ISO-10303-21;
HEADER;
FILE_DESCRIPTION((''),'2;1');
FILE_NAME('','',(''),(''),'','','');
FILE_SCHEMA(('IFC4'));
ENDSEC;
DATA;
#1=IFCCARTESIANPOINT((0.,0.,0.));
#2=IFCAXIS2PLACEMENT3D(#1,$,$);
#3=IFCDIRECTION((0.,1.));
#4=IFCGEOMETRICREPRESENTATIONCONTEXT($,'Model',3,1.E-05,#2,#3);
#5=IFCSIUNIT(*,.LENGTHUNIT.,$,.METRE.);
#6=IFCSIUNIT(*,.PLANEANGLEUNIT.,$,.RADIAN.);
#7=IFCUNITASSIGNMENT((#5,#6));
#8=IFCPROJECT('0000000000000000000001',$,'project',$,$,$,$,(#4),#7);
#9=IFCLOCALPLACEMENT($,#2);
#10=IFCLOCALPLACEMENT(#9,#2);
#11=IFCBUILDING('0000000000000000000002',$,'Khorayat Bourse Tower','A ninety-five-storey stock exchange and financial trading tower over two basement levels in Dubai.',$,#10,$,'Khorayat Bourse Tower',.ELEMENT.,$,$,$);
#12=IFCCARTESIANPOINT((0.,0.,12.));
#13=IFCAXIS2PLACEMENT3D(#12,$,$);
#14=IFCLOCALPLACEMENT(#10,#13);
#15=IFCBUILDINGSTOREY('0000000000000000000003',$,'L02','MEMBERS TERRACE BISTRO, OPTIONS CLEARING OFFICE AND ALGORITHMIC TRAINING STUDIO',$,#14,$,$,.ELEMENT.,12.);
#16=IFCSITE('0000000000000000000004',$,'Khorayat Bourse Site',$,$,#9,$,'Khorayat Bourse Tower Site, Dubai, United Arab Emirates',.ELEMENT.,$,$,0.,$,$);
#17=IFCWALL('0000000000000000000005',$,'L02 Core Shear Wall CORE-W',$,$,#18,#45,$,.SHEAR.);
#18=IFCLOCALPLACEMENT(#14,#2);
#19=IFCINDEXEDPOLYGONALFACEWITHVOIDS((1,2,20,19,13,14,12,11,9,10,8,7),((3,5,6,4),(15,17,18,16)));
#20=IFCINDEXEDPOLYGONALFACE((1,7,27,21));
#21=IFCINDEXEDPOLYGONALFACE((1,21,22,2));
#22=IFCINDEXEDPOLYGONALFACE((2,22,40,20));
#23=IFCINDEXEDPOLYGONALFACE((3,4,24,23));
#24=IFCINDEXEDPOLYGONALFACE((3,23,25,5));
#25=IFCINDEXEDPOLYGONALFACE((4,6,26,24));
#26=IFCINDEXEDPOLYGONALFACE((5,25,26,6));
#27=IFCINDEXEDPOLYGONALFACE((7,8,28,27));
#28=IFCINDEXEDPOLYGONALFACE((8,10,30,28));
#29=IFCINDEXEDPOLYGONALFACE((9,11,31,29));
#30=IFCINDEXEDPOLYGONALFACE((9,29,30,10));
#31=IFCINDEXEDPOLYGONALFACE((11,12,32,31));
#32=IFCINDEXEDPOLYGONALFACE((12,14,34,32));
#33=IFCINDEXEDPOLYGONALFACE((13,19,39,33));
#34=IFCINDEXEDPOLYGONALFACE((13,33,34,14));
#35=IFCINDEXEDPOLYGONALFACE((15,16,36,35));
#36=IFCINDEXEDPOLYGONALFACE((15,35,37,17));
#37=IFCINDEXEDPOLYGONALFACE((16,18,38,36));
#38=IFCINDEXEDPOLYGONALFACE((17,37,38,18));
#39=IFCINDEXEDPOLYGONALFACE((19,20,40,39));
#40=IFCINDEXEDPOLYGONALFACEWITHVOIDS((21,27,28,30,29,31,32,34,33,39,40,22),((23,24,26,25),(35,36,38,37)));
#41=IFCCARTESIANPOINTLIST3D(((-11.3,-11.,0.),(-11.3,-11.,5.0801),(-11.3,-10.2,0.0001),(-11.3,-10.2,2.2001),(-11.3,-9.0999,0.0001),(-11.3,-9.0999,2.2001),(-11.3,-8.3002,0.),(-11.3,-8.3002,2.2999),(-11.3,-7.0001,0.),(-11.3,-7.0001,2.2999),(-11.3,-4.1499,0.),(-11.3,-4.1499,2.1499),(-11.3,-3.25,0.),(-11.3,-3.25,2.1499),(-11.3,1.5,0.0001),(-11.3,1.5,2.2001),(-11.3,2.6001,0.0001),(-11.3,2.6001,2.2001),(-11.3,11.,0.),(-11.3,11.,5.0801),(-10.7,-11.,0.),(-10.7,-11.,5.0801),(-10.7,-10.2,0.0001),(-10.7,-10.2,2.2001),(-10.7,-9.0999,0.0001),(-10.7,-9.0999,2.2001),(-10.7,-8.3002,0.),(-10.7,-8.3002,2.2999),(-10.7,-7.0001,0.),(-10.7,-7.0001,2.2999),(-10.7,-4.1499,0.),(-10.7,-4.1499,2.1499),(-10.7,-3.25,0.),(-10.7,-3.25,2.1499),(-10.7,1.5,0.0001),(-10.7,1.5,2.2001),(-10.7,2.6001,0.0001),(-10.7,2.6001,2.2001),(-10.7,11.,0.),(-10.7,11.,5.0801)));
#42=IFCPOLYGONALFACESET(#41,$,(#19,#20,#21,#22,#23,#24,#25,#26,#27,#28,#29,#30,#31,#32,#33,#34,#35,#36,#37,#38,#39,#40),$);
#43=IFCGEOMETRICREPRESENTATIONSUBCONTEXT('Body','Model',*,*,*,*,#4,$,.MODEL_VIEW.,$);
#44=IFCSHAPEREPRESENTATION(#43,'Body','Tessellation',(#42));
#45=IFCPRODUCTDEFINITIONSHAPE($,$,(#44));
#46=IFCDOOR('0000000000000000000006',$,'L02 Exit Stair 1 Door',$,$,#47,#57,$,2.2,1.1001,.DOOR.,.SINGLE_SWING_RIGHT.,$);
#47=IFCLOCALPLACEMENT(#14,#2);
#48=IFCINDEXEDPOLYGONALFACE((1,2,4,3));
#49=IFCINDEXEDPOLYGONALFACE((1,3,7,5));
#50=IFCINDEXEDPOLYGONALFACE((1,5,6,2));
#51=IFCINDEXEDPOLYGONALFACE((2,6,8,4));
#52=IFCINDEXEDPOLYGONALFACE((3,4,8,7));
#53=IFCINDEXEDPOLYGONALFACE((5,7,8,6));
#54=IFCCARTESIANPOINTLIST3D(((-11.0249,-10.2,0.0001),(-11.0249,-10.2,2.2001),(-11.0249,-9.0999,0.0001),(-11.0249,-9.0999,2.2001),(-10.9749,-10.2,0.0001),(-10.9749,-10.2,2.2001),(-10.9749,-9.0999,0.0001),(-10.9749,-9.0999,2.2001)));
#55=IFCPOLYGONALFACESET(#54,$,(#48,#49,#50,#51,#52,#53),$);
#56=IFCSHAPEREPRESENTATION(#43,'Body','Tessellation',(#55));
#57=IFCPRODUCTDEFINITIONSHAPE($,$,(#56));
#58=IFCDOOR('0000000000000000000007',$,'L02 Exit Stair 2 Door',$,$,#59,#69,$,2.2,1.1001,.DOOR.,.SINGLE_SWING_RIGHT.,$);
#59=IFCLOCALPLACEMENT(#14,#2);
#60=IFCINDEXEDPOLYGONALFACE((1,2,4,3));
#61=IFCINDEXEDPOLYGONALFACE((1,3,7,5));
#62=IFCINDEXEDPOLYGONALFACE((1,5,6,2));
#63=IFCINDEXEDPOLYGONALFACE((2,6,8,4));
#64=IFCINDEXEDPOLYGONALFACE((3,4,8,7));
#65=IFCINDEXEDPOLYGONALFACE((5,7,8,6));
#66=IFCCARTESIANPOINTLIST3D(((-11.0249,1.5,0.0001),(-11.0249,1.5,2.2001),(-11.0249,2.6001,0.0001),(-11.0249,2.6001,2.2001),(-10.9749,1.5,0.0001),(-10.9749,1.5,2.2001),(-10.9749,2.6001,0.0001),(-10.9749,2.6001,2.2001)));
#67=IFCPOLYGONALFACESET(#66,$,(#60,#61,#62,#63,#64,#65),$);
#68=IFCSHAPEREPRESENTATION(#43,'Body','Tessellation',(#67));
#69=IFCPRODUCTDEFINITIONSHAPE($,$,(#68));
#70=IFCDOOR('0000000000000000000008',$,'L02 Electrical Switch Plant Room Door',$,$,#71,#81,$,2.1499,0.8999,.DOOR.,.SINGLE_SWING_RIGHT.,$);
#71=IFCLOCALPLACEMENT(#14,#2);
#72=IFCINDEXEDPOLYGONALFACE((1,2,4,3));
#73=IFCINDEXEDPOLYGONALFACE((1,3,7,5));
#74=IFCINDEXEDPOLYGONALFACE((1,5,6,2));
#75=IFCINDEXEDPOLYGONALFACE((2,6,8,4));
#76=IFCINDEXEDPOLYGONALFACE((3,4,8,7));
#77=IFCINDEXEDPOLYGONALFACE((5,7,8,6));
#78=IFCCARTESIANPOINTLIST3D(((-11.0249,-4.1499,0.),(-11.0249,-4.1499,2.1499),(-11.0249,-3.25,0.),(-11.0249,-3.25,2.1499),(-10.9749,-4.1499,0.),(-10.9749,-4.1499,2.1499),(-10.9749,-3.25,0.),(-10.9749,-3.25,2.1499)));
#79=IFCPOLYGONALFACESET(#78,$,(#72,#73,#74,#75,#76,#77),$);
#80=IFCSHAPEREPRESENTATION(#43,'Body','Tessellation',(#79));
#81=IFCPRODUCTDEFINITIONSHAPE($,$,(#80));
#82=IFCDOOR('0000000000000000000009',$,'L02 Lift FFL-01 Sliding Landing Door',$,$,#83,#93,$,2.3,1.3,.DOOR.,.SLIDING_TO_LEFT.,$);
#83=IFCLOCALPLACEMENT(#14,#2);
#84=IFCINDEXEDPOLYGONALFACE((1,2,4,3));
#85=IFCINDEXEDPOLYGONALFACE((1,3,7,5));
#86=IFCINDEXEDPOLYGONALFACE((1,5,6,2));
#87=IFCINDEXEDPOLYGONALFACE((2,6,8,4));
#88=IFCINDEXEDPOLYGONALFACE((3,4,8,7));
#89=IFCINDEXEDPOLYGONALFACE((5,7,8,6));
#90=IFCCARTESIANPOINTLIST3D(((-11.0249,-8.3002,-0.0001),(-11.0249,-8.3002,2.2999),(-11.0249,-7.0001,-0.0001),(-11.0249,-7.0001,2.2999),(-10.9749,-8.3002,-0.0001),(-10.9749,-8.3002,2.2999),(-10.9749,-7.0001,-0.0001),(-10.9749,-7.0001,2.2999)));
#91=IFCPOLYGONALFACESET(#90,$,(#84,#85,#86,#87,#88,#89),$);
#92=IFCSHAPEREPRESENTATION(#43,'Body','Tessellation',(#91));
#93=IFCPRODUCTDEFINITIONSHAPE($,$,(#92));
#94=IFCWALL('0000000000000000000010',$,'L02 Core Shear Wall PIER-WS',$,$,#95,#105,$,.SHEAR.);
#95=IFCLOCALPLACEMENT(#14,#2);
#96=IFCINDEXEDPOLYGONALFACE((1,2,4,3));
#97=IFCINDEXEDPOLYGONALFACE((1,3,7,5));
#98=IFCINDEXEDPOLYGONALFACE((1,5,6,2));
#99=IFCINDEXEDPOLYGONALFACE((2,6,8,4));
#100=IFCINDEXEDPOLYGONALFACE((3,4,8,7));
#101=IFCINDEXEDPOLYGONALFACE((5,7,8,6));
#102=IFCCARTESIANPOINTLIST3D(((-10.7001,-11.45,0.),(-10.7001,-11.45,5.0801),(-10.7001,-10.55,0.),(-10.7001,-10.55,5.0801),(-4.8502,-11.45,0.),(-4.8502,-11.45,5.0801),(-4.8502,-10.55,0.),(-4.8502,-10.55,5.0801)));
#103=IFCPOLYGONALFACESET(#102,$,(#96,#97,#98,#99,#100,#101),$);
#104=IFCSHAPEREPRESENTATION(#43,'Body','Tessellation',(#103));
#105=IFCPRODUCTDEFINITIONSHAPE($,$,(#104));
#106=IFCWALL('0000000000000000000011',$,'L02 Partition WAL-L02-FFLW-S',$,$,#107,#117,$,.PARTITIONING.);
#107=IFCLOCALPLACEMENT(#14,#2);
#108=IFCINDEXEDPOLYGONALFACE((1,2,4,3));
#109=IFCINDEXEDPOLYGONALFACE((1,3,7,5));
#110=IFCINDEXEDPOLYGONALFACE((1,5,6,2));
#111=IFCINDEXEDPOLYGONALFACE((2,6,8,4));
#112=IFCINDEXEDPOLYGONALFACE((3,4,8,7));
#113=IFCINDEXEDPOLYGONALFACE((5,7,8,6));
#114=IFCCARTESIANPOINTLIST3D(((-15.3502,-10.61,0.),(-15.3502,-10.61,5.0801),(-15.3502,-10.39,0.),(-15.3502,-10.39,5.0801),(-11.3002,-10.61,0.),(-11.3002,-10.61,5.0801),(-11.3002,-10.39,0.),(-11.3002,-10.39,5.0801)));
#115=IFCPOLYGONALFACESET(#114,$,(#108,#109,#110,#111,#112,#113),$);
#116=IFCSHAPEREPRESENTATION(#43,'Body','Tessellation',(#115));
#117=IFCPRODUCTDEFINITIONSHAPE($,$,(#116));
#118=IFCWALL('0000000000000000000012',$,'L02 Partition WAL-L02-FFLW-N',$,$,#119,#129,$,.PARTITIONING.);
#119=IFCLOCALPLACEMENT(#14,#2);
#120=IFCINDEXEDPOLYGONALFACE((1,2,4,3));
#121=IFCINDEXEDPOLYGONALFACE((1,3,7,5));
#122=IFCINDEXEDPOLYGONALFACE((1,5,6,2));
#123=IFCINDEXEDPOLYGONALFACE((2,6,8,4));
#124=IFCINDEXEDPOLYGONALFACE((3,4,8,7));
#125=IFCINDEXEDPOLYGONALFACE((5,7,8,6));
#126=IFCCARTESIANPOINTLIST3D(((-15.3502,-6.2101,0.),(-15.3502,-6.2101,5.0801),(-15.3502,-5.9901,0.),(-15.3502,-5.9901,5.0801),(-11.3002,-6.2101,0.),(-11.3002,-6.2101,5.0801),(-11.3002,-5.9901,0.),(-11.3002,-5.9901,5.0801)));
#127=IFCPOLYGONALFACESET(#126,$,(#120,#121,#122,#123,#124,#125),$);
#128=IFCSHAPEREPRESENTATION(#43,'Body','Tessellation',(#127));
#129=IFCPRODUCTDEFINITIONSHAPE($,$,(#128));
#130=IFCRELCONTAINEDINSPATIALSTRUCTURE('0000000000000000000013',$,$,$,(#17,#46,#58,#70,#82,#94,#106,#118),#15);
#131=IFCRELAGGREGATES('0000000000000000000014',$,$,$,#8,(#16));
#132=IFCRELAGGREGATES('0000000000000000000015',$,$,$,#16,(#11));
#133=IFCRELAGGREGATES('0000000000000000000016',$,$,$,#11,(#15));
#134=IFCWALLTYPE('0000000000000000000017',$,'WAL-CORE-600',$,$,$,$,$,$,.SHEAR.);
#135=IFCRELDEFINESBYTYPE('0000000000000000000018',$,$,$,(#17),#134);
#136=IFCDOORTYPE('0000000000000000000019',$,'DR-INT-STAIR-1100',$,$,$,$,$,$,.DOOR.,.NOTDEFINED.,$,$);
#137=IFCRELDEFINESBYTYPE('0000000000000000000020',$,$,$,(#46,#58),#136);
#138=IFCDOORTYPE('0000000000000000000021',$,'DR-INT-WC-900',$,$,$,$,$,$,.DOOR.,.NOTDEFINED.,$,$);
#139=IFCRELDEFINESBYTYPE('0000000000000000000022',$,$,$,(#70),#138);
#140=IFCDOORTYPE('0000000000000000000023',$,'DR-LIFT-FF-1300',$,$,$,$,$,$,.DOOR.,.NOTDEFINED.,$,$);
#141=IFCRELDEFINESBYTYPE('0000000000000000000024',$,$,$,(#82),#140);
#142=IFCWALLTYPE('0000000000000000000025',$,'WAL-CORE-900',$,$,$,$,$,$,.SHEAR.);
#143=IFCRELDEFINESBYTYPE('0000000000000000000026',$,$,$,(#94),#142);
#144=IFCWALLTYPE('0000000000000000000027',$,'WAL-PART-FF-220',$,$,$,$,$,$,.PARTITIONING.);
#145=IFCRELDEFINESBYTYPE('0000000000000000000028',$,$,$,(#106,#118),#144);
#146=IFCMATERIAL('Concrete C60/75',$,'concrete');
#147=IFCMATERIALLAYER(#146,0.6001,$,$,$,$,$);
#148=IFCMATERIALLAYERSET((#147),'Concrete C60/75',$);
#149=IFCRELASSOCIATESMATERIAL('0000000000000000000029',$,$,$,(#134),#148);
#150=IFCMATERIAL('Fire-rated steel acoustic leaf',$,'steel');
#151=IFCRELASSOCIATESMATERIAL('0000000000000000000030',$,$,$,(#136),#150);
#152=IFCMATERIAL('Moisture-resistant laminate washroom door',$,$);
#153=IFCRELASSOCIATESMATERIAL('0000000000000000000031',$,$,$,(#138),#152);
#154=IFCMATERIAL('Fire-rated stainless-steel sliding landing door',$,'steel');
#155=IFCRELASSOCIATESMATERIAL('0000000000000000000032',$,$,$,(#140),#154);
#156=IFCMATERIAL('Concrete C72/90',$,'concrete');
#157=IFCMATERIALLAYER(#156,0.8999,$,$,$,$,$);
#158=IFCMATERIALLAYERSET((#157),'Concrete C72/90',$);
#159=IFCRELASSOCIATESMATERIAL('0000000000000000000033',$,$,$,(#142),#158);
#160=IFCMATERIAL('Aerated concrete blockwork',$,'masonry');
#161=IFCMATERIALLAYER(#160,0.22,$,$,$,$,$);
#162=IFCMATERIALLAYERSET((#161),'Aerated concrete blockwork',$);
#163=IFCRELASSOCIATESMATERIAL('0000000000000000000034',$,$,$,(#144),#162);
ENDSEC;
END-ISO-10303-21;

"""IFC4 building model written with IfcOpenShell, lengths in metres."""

from ifc_helpers import new_model, si_unit, direction, frame, frame_2d, origin, place, context, subcontext, project, spatial, rectangle, extrude, source, transform, mapped, material, layer, layer_set, type_object, element, fill, save


model = new_model("IFC4")

# Units and contexts
model_context = context("Model", 3, precision=1e-05, world=origin(), true_north=direction((0.0, 1.0)))
body_context = subcontext(model_context, "Body", "Model", "MODEL_VIEW")
ifc_project = project(units=[si_unit("LENGTHUNIT", "METRE"), si_unit("PLANEANGLEUNIT", "RADIAN")], contexts=[model_context])

# Site, building, storey
site_placement = place(None, origin())
site = spatial("IfcSite", under=ifc_project, at=site_placement, Name="Khorayat Bourse Site", LongName="Khorayat Bourse Tower Site, Dubai, United Arab Emirates", CompositionType="ELEMENT", RefElevation=0.0)
building_placement = place(site_placement, origin())
building = spatial("IfcBuilding", under=site, at=building_placement, Name="Khorayat Bourse Tower", Description="A ninety-five-storey stock exchange and financial trading tower over two basement levels in Dubai.", LongName="Khorayat Bourse Tower", CompositionType="ELEMENT")
storey_placement = place(building_placement, frame((0.0, 0.0, 12.0)))
storey = spatial("IfcBuildingStorey", under=building, at=storey_placement, Name="L02", Description="MEMBERS TERRACE BISTRO, OPTIONS CLEARING OFFICE AND ALGORITHMIC TRAINING STUDIO", CompositionType="ELEMENT", Elevation=12.0)

# Shared definitions
ifc_material_1 = material(Name="Concrete C72/90", Category="concrete")

# Wall, openings, doors
ifc_material_2 = material(Name="Concrete C60/75", Category="concrete")
ifc_layer_1 = layer(ifc_material_2, 0.6001)
ifc_layer_set_1 = layer_set([ifc_layer_1], Name="Concrete C60/75")
wall_type_1 = type_object("IfcWallType", Name="WAL-CORE-600", PredefinedType="SHEAR", material=ifc_layer_set_1)
shared_shape_1 = source(origin(), body_context, "Body", "SweptSolid", [
    extrude(rectangle(XDim=22.0, YDim=0.6001, at=frame_2d((11.0, 0.0))), origin(), (0.0, 0.0, 1.0), 5.0801),
])
wall_1_placement = place(storey_placement, frame((-11.0, -11.0, 0.0), z_axis=(0.0, 0.0, 1.0), x_axis=(0.0, 1.0, 0.0)))
wall_1 = element("IfcWall", 1, at=wall_1_placement, inside=storey, type_object=wall_type_1, Name="L02 Core Shear Wall CORE-W", PredefinedType="SHEAR", context=body_context, shape_type="MappedRepresentation", body=[
    mapped(shared_shape_1, transform((0.0, 0.0, 0.0), scale=1.0)),
])
shared_shape_2 = source(origin(), body_context, "Body", "SweptSolid", [
    extrude(rectangle(XDim=1.1001, YDim=2.2, at=frame_2d((0.55, 1.1001))), frame((0.0, 0.3101, 0.0), z_axis=(0.0, -1.0, 0.0), x_axis=(1.0, 0.0, 0.0)), (0.0, 0.0, 1.0), 0.6201),
])
opening_1_placement = place(wall_1_placement, frame((0.8, 0.0, 0.0)))
opening_1 = element("IfcOpeningElement", 2, at=opening_1_placement, cuts=wall_1, PredefinedType="OPENING", context=body_context, shape_type="MappedRepresentation", body=[
    mapped(shared_shape_2, transform((0.0, 0.0, 0.0), scale=1.0)),
])
opening_2_placement = place(wall_1_placement, frame((12.5, 0.0, 0.0)))
opening_2 = element("IfcOpeningElement", 3, at=opening_2_placement, cuts=wall_1, PredefinedType="OPENING", context=body_context, shape_type="MappedRepresentation", body=[
    mapped(shared_shape_2, transform((0.0, 0.0, 0.0), scale=1.0)),
])
shared_shape_3 = source(origin(), body_context, "Body", "SweptSolid", [
    extrude(rectangle(XDim=0.8999, YDim=2.1499, at=frame_2d((0.45, 1.075))), frame((0.0, 0.3101, 0.0), z_axis=(0.0, -1.0, 0.0), x_axis=(1.0, 0.0, 0.0)), (0.0, 0.0, 1.0), 0.6201),
])
opening_3_placement = place(wall_1_placement, frame((6.8501, 0.0, 0.0)))
opening_3 = element("IfcOpeningElement", 4, at=opening_3_placement, cuts=wall_1, PredefinedType="OPENING", context=body_context, shape_type="MappedRepresentation", body=[
    mapped(shared_shape_3, transform((0.0, 0.0, 0.0), scale=1.0)),
])
shared_shape_4 = source(origin(), body_context, "Body", "SweptSolid", [
    extrude(rectangle(XDim=1.3, YDim=2.3, at=frame_2d((0.6499, 1.1499))), frame((0.0, 0.3101, 0.0), z_axis=(0.0, -1.0, 0.0), x_axis=(1.0, 0.0, 0.0)), (0.0, 0.0, 1.0), 0.6201),
])
opening_4_placement = place(wall_1_placement, frame((2.7, 0.0, 0.0)))
opening_4 = element("IfcOpeningElement", 5, at=opening_4_placement, cuts=wall_1, PredefinedType="OPENING", context=body_context, shape_type="MappedRepresentation", body=[
    mapped(shared_shape_4, transform((0.0, 0.0, 0.0), scale=1.0)),
])
ifc_material_3 = material(Name="Fire-rated steel acoustic leaf", Category="steel")
door_type_1 = type_object("IfcDoorType", Name="DR-INT-STAIR-1100", OperationType="NOTDEFINED", PredefinedType="DOOR", material=ifc_material_3)
shared_shape_5 = source(origin(), body_context, "Body", "SweptSolid", [
    extrude(rectangle(XDim=1.1001, YDim=2.2, at=frame_2d((0.55, 1.1001))), frame((0.0, 0.0249, 0.0), z_axis=(0.0, -1.0, 0.0), x_axis=(1.0, 0.0, 0.0)), (0.0, 0.0, 1.0), 0.05),
])
door_1_placement = place(opening_1_placement, origin())
door_1 = element("IfcDoor", 6, at=door_1_placement, inside=storey, type_object=door_type_1, Name="L02 Exit Stair 1 Door", OperationType="SINGLE_SWING_RIGHT", OverallHeight=2.2, OverallWidth=1.1001, PredefinedType="DOOR", context=body_context, shape_type="MappedRepresentation", body=[
    mapped(shared_shape_5, transform((0.0, 0.0, 0.0), scale=1.0)),
])
fill(opening_1, door_1)
door_2_placement = place(opening_2_placement, origin())
door_2 = element("IfcDoor", 7, at=door_2_placement, inside=storey, type_object=door_type_1, Name="L02 Exit Stair 2 Door", OperationType="SINGLE_SWING_RIGHT", OverallHeight=2.2, OverallWidth=1.1001, PredefinedType="DOOR", context=body_context, shape_type="MappedRepresentation", body=[
    mapped(shared_shape_5, transform((0.0, 0.0, 0.0), scale=1.0)),
])
fill(opening_2, door_2)
ifc_material_4 = material(Name="Moisture-resistant laminate washroom door")
door_type_2 = type_object("IfcDoorType", Name="DR-INT-WC-900", OperationType="NOTDEFINED", PredefinedType="DOOR", material=ifc_material_4)
shared_shape_6 = source(origin(), body_context, "Body", "SweptSolid", [
    extrude(rectangle(XDim=0.8999, YDim=2.1499, at=frame_2d((0.45, 1.075))), frame((0.0, 0.0249, 0.0), z_axis=(0.0, -1.0, 0.0), x_axis=(1.0, 0.0, 0.0)), (0.0, 0.0, 1.0), 0.05),
])
door_3_placement = place(opening_3_placement, origin())
door_3 = element("IfcDoor", 8, at=door_3_placement, inside=storey, type_object=door_type_2, Name="L02 Electrical Switch Plant Room Door", OperationType="SINGLE_SWING_RIGHT", OverallHeight=2.1499, OverallWidth=0.8999, PredefinedType="DOOR", context=body_context, shape_type="MappedRepresentation", body=[
    mapped(shared_shape_6, transform((0.0, 0.0, 0.0), scale=1.0)),
])
fill(opening_3, door_3)
ifc_material_5 = material(Name="Fire-rated stainless-steel sliding landing door", Category="steel")
door_type_3 = type_object("IfcDoorType", Name="DR-LIFT-FF-1300", OperationType="NOTDEFINED", PredefinedType="DOOR", material=ifc_material_5)
shared_shape_7 = source(origin(), body_context, "Body", "SweptSolid", [
    extrude(rectangle(XDim=1.3, YDim=2.3, at=frame_2d((0.6499, 1.1499))), frame((0.0, 0.0249, 0.0), z_axis=(0.0, -1.0, 0.0), x_axis=(1.0, 0.0, 0.0)), (0.0, 0.0, 1.0), 0.05),
])
door_4_placement = place(opening_4_placement, origin())
door_4 = element("IfcDoor", 9, at=door_4_placement, inside=storey, type_object=door_type_3, Name="L02 Lift FFL-01 Sliding Landing Door", OperationType="SLIDING_TO_LEFT", OverallHeight=2.3, OverallWidth=1.3, PredefinedType="DOOR", context=body_context, shape_type="MappedRepresentation", body=[
    mapped(shared_shape_7, transform((0.0, 0.0, 0.0), scale=1.0)),
])
fill(opening_4, door_4)

# Walls
ifc_layer_2 = layer(ifc_material_1, 0.8999)
ifc_layer_set_2 = layer_set([ifc_layer_2], Name="Concrete C72/90")
wall_type_2 = type_object("IfcWallType", Name="WAL-CORE-900", PredefinedType="SHEAR", material=ifc_layer_set_2)
shared_shape_8 = source(origin(), body_context, "Body", "SweptSolid", [
    extrude(rectangle(XDim=5.8499, YDim=0.8999, at=frame_2d((2.9248, 0.0))), origin(), (0.0, 0.0, 1.0), 5.0801),
])
wall_2_placement = place(storey_placement, frame((-10.7, -11.0, 0.0), z_axis=(0.0, 0.0, 1.0), x_axis=(1.0, 0.0, 0.0)))
element("IfcWall", 10, at=wall_2_placement, inside=storey, type_object=wall_type_2, Name="L02 Core Shear Wall PIER-WS", PredefinedType="SHEAR", context=body_context, shape_type="MappedRepresentation", body=[
    mapped(shared_shape_8, transform((0.0, 0.0, 0.0), scale=1.0)),
])
ifc_material_6 = material(Name="Aerated concrete blockwork", Category="masonry")
ifc_layer_3 = layer(ifc_material_6, 0.22)
ifc_layer_set_3 = layer_set([ifc_layer_3], Name="Aerated concrete blockwork")
wall_type_3 = type_object("IfcWallType", Name="WAL-PART-FF-220", PredefinedType="PARTITIONING", material=ifc_layer_set_3)
shared_shape_9 = source(origin(), body_context, "Body", "SweptSolid", [
    extrude(rectangle(XDim=4.05, YDim=0.22, at=frame_2d((2.0249, 0.0))), origin(), (0.0, 0.0, 1.0), 5.0801),
])
for number, where, z_axis, x_axis, name in (
    (11, (-15.3501, -10.5, 0.0), (0.0, 0.0, 1.0), (1.0, 0.0, 0.0), "L02 Partition WAL-L02-FFLW-S"),
    (12, (-15.3501, -6.1001, 0.0), (0.0, 0.0, 1.0), (1.0, 0.0, 0.0), "L02 Partition WAL-L02-FFLW-N"),
):
    element("IfcWall", number, at=place(storey_placement, frame(where, z_axis=z_axis, x_axis=x_axis)), inside=storey, type_object=wall_type_3, Name=name, PredefinedType="PARTITIONING", context=body_context, shape_type="MappedRepresentation", body=[
        mapped(shared_shape_9, transform((0.0, 0.0, 0.0), scale=1.0)),
    ])

save(model, "model.ifc")
